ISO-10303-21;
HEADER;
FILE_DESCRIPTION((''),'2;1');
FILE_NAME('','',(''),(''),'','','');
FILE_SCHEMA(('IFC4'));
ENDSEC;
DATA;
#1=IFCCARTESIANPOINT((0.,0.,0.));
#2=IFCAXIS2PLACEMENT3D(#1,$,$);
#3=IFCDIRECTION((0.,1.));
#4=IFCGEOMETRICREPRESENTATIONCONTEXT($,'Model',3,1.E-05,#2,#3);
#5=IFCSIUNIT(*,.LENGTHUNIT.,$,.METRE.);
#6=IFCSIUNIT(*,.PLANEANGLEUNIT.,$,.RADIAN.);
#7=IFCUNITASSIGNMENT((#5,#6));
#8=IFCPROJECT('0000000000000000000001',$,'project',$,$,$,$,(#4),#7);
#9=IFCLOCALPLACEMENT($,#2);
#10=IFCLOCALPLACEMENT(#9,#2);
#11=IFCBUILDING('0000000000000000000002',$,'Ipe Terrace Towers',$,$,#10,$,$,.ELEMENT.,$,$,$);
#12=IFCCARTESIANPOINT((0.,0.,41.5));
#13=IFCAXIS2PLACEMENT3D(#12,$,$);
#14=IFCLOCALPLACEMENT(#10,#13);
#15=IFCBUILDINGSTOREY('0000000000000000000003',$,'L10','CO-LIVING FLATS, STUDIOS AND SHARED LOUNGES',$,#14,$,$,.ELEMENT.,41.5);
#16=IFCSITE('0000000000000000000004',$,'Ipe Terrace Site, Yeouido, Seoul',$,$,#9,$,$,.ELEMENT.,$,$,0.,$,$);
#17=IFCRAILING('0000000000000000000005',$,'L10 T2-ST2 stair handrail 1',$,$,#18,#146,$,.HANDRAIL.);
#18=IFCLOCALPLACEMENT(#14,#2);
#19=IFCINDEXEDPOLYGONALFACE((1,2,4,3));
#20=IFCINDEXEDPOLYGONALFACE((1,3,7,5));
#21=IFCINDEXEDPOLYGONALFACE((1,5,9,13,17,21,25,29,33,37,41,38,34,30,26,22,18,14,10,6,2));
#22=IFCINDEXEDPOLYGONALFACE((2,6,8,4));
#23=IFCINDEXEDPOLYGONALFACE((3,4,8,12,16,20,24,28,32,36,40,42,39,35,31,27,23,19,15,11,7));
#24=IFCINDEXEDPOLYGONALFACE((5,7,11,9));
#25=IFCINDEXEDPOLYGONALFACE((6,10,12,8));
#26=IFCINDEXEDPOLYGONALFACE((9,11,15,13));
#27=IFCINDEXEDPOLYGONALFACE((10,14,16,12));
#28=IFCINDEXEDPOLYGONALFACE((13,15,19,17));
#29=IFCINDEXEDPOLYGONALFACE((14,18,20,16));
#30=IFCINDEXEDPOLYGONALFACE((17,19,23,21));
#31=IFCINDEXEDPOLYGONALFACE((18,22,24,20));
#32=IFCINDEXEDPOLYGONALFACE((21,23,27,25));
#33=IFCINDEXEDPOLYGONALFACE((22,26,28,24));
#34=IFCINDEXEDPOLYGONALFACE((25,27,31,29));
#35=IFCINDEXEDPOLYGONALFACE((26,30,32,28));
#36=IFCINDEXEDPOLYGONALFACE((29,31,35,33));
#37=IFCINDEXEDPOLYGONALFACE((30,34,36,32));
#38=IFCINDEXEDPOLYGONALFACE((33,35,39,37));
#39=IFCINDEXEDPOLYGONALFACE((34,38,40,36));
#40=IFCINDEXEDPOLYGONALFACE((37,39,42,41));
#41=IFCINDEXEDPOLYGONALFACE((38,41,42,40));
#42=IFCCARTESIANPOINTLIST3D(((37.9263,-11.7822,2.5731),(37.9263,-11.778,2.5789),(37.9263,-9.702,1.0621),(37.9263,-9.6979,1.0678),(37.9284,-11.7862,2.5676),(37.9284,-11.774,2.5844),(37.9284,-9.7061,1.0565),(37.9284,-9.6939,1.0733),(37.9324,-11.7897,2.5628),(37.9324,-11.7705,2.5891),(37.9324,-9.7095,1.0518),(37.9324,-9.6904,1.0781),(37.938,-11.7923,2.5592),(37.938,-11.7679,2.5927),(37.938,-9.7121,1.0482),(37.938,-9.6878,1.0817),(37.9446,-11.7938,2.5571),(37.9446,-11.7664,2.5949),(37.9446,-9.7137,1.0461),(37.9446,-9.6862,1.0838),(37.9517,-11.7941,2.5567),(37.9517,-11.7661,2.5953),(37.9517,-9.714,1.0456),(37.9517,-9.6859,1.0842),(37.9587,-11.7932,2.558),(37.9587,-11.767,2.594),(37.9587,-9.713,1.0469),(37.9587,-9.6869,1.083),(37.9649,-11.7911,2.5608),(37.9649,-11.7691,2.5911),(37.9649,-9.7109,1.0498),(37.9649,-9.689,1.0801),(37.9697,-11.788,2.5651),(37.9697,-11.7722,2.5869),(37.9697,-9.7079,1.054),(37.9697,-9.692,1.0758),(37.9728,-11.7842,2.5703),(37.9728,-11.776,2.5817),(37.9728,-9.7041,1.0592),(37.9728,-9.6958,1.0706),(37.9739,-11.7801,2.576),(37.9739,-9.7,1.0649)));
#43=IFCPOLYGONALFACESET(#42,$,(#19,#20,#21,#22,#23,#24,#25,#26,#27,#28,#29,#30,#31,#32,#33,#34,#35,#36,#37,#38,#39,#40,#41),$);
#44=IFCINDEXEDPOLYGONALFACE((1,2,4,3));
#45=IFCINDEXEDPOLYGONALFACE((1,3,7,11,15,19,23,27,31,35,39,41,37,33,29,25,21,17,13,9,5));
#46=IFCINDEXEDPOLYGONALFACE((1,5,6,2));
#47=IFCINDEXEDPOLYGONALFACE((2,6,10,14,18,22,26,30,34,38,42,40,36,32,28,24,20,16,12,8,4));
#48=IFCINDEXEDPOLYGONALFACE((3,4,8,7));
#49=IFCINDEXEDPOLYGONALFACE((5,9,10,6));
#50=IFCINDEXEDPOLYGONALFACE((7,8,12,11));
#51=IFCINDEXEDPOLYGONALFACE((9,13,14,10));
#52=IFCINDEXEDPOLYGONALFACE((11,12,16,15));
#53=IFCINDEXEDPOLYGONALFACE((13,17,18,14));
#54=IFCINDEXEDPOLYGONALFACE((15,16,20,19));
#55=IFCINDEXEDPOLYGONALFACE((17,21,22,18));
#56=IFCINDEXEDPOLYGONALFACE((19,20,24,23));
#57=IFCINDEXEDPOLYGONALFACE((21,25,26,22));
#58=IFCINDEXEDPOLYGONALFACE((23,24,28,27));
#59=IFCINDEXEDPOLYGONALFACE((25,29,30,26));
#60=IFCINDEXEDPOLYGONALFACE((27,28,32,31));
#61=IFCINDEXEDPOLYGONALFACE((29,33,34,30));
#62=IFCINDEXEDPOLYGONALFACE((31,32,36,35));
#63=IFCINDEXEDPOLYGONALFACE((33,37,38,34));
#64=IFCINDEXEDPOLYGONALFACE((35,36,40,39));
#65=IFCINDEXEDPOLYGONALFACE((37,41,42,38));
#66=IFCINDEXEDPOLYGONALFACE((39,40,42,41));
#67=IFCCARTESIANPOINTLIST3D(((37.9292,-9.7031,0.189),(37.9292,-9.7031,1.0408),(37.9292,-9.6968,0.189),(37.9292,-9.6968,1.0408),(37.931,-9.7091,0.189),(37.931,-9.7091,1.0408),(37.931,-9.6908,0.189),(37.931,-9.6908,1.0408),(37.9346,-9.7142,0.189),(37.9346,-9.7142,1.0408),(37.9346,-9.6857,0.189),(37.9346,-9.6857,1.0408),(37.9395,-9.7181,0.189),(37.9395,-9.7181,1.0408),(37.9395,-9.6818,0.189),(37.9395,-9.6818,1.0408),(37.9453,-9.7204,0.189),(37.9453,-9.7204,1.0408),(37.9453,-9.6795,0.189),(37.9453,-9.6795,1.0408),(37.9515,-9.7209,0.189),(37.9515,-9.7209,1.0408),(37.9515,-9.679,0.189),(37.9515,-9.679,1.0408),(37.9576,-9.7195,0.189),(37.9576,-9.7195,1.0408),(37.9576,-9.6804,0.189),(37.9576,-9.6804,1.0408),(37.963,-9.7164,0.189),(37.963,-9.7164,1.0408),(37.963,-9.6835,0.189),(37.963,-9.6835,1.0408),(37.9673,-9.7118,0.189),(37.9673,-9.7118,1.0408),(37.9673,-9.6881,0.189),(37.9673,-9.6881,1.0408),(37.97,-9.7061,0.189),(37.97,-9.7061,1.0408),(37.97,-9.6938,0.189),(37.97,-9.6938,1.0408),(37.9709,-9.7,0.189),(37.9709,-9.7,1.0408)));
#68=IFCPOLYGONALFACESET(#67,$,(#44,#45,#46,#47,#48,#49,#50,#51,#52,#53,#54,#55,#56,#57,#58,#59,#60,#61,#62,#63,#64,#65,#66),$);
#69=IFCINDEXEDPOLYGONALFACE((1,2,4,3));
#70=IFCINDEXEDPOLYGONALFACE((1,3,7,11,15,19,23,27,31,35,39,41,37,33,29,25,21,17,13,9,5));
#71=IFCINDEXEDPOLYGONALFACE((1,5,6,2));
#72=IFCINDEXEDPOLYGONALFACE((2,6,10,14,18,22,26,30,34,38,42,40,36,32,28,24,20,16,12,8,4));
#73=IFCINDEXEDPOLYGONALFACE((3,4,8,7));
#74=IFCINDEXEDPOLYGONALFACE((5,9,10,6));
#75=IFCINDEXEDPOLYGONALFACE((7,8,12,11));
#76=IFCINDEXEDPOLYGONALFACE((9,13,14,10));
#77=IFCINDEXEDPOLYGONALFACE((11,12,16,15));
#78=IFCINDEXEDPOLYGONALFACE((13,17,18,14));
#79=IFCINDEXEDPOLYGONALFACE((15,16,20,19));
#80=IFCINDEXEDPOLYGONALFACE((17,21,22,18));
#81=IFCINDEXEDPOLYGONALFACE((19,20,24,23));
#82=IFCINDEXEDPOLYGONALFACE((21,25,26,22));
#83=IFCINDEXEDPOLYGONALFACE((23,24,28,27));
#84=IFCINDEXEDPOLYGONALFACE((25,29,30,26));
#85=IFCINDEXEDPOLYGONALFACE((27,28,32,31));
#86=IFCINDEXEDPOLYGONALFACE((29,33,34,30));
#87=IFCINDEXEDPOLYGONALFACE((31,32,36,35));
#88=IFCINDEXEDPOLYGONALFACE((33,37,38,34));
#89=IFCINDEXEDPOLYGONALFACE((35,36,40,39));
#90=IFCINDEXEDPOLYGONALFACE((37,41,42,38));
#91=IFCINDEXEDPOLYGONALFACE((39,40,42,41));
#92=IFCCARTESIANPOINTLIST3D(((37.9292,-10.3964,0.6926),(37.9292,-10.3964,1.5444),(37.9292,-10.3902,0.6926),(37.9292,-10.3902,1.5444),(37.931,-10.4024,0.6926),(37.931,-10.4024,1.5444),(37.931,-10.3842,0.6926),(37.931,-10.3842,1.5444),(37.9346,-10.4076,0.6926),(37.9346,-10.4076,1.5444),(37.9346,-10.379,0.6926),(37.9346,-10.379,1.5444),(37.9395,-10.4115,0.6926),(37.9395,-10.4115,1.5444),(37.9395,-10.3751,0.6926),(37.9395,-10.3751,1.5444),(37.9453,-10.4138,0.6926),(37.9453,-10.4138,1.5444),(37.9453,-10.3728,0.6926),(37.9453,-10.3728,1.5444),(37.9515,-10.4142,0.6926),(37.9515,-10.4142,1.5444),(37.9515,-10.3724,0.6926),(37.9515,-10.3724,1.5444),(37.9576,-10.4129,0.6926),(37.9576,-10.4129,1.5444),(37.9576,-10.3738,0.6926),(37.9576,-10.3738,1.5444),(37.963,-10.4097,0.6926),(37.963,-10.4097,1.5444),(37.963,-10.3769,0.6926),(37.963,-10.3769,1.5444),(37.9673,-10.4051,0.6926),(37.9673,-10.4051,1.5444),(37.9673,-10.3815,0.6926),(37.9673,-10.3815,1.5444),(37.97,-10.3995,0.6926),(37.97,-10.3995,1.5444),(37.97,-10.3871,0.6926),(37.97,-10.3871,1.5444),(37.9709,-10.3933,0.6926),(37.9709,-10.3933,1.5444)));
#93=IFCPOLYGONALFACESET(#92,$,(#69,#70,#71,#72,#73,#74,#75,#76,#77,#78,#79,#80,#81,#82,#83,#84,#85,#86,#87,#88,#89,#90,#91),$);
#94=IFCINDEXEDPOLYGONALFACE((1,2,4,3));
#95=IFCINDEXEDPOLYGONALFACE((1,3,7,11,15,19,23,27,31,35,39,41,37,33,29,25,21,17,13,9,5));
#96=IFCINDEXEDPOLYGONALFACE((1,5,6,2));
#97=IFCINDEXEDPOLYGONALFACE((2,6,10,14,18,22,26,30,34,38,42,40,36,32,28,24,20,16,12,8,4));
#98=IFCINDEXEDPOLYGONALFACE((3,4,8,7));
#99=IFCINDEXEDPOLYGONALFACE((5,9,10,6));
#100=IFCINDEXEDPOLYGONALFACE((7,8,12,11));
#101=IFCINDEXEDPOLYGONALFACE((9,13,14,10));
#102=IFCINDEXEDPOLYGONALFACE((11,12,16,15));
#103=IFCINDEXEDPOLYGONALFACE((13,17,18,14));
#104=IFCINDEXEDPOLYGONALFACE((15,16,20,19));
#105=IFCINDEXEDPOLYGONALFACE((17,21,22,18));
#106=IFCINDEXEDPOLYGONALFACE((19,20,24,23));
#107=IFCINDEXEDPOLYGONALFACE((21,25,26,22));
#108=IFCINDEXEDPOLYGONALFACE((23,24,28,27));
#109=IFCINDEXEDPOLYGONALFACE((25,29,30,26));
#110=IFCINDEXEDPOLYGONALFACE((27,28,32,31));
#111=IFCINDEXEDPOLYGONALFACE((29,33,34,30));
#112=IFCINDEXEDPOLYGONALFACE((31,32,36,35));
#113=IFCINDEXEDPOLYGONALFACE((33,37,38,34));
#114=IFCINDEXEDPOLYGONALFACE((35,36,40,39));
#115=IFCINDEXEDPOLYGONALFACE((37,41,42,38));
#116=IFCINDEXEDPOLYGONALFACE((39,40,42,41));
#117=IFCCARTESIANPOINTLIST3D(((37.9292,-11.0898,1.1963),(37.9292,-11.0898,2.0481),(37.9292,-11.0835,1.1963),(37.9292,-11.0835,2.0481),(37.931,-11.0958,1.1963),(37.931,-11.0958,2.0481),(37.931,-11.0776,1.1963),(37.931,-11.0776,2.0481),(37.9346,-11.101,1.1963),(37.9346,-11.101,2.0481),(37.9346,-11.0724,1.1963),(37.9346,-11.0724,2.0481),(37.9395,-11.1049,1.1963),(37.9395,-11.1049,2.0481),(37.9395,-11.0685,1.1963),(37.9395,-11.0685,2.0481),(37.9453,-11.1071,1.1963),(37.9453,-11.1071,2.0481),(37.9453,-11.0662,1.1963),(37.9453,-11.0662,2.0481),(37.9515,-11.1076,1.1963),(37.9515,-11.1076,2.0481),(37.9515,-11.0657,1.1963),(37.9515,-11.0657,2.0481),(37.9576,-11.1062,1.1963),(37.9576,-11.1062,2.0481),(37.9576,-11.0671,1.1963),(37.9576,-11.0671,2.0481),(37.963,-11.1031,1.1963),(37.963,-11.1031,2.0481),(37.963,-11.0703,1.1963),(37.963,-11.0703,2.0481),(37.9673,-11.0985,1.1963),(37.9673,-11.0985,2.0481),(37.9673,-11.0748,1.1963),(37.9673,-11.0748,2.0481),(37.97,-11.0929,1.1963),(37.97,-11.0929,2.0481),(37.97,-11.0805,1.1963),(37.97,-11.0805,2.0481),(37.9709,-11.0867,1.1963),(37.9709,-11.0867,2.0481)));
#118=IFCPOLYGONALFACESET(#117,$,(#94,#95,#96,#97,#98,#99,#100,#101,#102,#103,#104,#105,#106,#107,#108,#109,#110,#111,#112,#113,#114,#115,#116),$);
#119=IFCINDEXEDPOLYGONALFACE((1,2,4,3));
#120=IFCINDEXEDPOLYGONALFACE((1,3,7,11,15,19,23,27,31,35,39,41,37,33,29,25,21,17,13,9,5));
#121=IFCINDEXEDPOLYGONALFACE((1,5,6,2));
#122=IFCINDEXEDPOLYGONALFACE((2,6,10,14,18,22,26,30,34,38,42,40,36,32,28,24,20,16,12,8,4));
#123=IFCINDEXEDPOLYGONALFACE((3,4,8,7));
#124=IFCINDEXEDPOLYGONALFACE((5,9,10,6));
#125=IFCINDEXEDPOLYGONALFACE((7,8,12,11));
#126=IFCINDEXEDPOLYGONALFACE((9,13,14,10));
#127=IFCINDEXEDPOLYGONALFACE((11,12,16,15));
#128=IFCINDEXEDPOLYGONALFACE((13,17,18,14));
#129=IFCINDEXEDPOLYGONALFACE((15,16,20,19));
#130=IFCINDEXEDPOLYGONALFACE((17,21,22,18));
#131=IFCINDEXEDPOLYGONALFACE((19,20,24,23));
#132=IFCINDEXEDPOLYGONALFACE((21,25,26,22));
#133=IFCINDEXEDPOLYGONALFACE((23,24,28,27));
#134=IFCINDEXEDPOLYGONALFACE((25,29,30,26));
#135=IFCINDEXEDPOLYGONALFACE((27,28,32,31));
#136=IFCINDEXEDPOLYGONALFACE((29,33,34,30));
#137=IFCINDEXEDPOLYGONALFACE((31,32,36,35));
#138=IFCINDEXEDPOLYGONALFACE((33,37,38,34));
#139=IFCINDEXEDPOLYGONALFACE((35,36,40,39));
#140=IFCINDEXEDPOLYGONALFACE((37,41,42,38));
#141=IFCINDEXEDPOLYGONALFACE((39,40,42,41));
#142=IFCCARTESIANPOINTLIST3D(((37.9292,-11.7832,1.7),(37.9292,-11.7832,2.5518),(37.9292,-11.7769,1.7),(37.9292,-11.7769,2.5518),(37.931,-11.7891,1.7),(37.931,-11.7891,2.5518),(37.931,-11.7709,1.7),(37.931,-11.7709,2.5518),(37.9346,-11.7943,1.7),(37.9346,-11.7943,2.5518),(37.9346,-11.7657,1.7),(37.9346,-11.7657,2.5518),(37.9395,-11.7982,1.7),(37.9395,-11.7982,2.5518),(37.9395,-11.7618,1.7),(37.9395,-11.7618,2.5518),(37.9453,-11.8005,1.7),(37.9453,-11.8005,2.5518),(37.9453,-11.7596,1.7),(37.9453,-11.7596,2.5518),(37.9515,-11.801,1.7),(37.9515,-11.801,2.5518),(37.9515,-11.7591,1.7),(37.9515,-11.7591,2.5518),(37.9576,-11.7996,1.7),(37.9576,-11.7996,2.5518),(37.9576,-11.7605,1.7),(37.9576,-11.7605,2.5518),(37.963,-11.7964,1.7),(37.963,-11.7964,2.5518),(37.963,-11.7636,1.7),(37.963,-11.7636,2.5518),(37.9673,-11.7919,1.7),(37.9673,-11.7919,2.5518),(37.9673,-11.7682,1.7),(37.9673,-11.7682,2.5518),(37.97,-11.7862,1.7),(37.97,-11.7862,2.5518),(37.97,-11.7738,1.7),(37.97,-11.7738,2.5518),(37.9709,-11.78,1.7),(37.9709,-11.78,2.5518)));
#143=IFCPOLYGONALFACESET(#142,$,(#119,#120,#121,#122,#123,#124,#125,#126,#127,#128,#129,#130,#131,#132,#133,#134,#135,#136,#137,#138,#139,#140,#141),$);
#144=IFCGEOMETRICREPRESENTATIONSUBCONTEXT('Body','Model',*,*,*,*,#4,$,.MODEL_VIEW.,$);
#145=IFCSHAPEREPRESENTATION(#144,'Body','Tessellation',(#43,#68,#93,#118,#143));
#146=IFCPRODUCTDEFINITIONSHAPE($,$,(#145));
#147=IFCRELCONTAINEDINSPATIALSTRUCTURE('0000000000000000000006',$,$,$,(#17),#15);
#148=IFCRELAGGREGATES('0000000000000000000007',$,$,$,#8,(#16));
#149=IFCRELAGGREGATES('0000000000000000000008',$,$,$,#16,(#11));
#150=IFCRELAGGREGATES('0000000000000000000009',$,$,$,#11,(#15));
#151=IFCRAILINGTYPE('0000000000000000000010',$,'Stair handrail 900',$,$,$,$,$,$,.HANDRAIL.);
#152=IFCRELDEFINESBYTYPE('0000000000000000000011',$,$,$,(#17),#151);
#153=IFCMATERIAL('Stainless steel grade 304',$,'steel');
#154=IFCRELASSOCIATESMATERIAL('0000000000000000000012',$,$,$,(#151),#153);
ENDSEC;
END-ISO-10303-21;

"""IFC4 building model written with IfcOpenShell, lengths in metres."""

from ifc_helpers import new_model, si_unit, direction, frame, origin, origin_2d, place, context, subcontext, project, spatial, circle, extrude, material, type_object, element, save


model = new_model("IFC4")

# Units and contexts
model_context = context("Model", 3, precision=1e-05, world=origin(), true_north=direction((0.0, 1.0)))
body_context = subcontext(model_context, "Body", "Model", "MODEL_VIEW")
ifc_project = project(units=[si_unit("LENGTHUNIT", "METRE"), si_unit("PLANEANGLEUNIT", "RADIAN")], contexts=[model_context])

# Site, building, storey
site_placement = place(None, origin())
site = spatial("IfcSite", under=ifc_project, at=site_placement, Name="Ipe Terrace Site, Yeouido, Seoul", CompositionType="ELEMENT", RefElevation=0.0)
building_placement = place(site_placement, origin())
building = spatial("IfcBuilding", under=site, at=building_placement, Name="Ipe Terrace Towers", CompositionType="ELEMENT")
storey_placement = place(building_placement, frame((0.0, 0.0, 41.5)))
storey = spatial("IfcBuildingStorey", under=building, at=storey_placement, Name="L10", Description="CO-LIVING FLATS, STUDIOS AND SHARED LOUNGES", CompositionType="ELEMENT", Elevation=41.5)

# Railing
ifc_material_1 = material(Name="Stainless steel grade 304", Category="steel")
railing_type_1 = type_object("IfcRailingType", Name="Stair handrail 900", PredefinedType="HANDRAIL", material=ifc_material_1)
railing_1_placement = place(storey_placement, frame((37.95, -9.7, 0.189)))
element("IfcRailing", 1, at=railing_1_placement, inside=storey, type_object=railing_type_1, Name="L10 T2-ST2 stair handrail 1", PredefinedType="HANDRAIL", context=body_context, shape_type="SweptSolid", body=[
    extrude(circle(Radius=0.0239, at=origin_2d()), frame((0.0, 0.0, 0.876), z_axis=(0.0, -0.809069, 0.587714), x_axis=(1.0, 0.0, 0.0)), (0.0, 0.0, 1.0), 2.571),
    extrude(circle(Radius=0.021, at=origin_2d()), origin(), (0.0, 0.0, 1.0), 0.8518),
    extrude(circle(Radius=0.021, at=origin_2d()), frame((0.0, -0.6934, 0.5037)), (0.0, 0.0, 1.0), 0.8518),
    extrude(circle(Radius=0.021, at=origin_2d()), frame((0.0, -1.3867, 1.0073)), (0.0, 0.0, 1.0), 0.8518),
    extrude(circle(Radius=0.021, at=origin_2d()), frame((0.0, -2.0801, 1.511)), (0.0, 0.0, 1.0), 0.8518),
])

save(model, "model.ifc")
